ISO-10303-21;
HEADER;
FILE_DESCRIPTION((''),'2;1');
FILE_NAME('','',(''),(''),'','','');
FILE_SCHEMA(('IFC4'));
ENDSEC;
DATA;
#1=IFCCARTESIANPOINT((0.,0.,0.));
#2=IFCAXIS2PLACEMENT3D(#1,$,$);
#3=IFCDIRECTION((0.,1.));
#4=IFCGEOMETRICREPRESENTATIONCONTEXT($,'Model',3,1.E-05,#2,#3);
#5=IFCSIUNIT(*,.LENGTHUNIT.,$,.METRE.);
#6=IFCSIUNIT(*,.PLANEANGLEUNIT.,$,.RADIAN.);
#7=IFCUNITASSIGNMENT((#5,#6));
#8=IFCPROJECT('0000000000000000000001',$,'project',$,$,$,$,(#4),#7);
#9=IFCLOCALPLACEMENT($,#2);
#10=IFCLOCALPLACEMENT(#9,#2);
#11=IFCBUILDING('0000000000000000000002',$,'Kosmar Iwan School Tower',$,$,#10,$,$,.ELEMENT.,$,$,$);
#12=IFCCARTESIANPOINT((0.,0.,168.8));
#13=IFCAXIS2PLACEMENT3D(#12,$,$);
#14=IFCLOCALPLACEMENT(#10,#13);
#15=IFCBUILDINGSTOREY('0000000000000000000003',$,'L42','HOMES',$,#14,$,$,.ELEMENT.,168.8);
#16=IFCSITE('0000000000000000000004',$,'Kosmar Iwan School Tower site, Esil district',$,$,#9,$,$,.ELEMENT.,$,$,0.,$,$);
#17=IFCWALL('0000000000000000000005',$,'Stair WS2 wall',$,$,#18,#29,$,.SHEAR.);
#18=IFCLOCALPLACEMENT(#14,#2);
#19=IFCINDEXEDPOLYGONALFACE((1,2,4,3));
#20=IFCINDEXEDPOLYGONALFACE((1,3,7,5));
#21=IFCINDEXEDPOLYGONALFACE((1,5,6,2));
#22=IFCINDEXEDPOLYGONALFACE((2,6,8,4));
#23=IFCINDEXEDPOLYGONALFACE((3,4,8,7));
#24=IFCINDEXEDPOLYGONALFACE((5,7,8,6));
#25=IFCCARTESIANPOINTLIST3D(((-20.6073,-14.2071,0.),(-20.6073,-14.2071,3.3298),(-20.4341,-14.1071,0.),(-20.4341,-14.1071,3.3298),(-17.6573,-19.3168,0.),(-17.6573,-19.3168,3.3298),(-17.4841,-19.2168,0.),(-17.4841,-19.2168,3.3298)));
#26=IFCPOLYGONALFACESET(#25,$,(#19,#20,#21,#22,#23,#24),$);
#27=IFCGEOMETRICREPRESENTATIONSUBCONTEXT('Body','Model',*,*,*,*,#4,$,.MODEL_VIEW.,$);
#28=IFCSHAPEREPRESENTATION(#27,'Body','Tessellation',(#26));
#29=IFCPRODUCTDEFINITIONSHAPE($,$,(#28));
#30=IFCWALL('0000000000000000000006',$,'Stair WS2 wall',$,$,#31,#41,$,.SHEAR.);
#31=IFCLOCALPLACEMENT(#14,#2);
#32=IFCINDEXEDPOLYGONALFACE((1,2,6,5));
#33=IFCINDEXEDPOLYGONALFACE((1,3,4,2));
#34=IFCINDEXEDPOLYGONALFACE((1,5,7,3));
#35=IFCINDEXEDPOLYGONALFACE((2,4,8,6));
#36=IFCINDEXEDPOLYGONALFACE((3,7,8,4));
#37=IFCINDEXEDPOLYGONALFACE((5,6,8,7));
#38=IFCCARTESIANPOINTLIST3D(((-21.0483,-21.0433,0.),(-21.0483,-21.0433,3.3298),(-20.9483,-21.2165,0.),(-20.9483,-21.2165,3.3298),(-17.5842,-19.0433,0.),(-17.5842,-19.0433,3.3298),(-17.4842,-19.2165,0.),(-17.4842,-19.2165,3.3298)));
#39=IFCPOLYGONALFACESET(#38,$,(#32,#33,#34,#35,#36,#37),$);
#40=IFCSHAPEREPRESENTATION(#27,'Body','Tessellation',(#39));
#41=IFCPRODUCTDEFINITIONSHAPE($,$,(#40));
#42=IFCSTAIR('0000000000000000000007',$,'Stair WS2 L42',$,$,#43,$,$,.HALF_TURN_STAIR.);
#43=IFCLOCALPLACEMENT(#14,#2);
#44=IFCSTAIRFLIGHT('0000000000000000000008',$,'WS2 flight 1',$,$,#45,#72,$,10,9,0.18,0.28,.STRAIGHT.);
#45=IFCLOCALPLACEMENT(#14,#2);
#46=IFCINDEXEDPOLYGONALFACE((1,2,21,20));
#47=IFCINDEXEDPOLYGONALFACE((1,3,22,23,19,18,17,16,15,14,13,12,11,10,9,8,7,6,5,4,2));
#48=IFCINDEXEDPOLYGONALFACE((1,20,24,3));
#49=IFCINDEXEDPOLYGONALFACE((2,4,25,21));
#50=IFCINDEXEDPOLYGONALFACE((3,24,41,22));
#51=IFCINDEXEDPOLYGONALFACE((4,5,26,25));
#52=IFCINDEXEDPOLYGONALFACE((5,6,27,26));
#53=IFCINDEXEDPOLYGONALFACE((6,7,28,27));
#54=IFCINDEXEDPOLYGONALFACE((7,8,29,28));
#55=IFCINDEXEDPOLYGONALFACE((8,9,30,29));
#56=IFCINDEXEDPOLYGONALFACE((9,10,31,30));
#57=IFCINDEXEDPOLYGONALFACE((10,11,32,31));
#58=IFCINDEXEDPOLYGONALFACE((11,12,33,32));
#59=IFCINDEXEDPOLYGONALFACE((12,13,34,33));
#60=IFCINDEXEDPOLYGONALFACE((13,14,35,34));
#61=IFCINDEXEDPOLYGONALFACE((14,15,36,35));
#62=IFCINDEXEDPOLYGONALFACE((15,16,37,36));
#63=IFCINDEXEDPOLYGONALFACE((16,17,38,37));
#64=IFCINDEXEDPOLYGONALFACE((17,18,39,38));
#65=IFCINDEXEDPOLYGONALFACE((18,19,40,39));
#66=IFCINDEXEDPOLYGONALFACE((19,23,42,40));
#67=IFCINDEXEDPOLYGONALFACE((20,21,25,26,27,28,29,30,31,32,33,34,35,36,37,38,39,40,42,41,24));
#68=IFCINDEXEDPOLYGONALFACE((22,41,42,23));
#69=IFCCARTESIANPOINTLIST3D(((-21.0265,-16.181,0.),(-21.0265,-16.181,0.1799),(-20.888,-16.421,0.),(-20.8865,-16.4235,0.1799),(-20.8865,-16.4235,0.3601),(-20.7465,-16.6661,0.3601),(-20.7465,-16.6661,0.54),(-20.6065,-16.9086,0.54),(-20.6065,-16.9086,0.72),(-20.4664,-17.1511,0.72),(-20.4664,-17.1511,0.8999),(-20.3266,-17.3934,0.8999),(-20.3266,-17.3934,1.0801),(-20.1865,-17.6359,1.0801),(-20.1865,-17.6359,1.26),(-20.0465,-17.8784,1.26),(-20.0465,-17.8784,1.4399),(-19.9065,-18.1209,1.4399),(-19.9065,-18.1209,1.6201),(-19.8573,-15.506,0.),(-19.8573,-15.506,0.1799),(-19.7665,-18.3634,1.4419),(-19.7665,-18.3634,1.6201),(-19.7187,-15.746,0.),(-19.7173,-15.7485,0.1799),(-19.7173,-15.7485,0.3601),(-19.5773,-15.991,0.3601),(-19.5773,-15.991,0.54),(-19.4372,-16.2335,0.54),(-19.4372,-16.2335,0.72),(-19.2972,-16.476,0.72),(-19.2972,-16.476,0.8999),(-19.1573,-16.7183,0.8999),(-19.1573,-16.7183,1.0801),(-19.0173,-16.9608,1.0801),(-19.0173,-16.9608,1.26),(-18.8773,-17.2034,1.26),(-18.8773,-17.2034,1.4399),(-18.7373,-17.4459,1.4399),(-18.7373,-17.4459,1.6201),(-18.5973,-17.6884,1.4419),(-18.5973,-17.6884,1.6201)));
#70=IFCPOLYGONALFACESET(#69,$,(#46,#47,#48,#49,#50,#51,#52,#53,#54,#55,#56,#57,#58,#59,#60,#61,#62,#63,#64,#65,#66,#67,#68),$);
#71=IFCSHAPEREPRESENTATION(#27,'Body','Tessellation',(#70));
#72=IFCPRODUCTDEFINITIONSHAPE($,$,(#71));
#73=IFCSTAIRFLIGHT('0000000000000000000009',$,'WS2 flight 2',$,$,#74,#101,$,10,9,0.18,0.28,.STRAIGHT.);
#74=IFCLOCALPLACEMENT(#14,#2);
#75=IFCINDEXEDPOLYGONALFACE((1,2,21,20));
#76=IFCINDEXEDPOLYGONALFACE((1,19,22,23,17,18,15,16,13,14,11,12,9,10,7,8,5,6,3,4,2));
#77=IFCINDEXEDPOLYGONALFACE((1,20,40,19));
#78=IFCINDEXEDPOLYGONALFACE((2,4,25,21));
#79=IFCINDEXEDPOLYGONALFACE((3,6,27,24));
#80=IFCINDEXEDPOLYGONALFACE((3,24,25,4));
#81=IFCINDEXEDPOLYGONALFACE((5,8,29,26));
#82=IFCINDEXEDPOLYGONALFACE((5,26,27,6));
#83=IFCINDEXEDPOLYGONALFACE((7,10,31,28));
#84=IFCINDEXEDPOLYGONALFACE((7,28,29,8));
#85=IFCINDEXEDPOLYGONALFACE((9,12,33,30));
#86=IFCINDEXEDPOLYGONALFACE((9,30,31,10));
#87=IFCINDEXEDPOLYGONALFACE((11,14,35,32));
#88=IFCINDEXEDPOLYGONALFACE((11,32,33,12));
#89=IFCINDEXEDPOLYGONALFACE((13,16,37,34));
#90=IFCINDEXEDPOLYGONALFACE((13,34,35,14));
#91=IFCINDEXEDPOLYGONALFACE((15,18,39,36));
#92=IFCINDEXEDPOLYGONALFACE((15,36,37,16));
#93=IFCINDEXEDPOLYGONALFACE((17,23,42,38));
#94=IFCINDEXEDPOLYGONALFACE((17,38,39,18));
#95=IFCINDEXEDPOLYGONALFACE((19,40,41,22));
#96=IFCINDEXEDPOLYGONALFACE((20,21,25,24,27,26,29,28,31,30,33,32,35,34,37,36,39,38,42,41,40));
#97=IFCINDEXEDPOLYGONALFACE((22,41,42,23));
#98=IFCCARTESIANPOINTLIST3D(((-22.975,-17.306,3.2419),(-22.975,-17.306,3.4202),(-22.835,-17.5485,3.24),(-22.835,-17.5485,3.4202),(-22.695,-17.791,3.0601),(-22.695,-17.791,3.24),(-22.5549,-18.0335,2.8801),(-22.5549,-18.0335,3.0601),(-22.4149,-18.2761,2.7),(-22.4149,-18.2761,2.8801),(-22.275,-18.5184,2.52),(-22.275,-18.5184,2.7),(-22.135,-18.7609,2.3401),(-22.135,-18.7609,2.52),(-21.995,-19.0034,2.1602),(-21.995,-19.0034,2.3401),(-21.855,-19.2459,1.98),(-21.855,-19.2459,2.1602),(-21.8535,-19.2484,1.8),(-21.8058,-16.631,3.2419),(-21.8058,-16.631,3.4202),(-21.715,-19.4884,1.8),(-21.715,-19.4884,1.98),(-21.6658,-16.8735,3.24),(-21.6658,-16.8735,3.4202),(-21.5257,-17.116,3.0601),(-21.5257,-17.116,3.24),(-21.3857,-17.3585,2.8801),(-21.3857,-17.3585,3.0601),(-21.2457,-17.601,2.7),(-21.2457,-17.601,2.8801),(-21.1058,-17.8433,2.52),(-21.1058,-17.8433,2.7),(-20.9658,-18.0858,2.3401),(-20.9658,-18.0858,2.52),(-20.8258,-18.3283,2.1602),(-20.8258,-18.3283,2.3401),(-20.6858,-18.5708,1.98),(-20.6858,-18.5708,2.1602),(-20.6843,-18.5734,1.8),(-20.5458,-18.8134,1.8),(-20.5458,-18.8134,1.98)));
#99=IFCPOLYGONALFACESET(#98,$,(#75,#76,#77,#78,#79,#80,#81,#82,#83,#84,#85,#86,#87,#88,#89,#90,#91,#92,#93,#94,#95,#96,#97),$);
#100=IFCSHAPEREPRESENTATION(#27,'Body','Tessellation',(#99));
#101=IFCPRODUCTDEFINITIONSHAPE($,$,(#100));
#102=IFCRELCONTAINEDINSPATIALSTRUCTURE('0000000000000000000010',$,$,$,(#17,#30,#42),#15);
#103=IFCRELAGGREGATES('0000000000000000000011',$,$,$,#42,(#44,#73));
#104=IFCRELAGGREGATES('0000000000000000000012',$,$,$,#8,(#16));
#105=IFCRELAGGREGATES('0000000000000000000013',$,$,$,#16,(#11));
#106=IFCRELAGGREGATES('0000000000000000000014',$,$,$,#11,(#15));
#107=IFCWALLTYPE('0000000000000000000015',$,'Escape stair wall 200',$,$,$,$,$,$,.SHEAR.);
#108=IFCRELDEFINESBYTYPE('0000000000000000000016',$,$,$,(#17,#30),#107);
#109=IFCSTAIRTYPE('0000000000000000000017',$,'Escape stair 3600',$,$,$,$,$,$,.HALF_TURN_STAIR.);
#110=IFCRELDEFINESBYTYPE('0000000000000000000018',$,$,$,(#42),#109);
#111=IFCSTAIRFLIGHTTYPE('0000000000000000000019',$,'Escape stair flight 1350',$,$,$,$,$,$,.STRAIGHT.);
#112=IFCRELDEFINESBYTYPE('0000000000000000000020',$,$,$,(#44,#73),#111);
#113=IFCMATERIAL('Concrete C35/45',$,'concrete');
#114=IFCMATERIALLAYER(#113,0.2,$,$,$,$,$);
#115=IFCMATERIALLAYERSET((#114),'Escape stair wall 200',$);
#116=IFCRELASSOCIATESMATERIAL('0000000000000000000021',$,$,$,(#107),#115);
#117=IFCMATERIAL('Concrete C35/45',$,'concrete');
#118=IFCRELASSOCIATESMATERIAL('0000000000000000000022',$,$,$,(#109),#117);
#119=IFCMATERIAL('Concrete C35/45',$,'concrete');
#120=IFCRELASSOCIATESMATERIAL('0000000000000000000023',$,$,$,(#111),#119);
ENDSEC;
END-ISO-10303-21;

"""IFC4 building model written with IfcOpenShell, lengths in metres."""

from ifc_helpers import new_model, si_unit, direction, frame, frame_2d, origin, place, context, subcontext, project, spatial, polyline, rectangle, outline, extrude, material, layer, layer_set, type_object, element, aggregate, save


model = new_model("IFC4")

# Units and contexts
model_context = context("Model", 3, precision=1e-05, world=origin(), true_north=direction((0.0, 1.0)))
body_context = subcontext(model_context, "Body", "Model", "MODEL_VIEW")
ifc_project = project(units=[si_unit("LENGTHUNIT", "METRE"), si_unit("PLANEANGLEUNIT", "RADIAN")], contexts=[model_context])

# Site, building, storey
site_placement = place(None, origin())
site = spatial("IfcSite", under=ifc_project, at=site_placement, Name="Kosmar Iwan School Tower site, Esil district", CompositionType="ELEMENT", RefElevation=0.0)
building_placement = place(site_placement, origin())
building = spatial("IfcBuilding", under=site, at=building_placement, Name="Kosmar Iwan School Tower", CompositionType="ELEMENT")
storey_placement = place(building_placement, frame((0.0, 0.0, 168.8)))
storey = spatial("IfcBuildingStorey", under=building, at=storey_placement, Name="L42", Description="HOMES", CompositionType="ELEMENT", Elevation=168.8)

# Walls
ifc_material_1 = material(Name="Concrete C35/45", Category="concrete")
ifc_layer_1 = layer(ifc_material_1, 0.2)
ifc_layer_set_1 = layer_set([ifc_layer_1], Name="Escape stair wall 200")
wall_type_1 = type_object("IfcWallType", Name="Escape stair wall 200", PredefinedType="SHEAR", material=ifc_layer_set_1)
wall_1_placement = place(storey_placement, frame((-20.5208, -14.157, 0.0), z_axis=(0.0, 0.0, 1.0), x_axis=(0.499989, -0.866032, 0.0)))
element("IfcWall", 1, at=wall_1_placement, inside=storey, type_object=wall_type_1, Name="Stair WS2 wall", PredefinedType="SHEAR", context=body_context, shape_type="SweptSolid", body=[
    extrude(rectangle(XDim=5.9001, YDim=0.2, at=frame_2d((2.9502, 0.0))), origin(), (0.0, 0.0, 1.0), 3.3298),
])
wall_2_placement = place(storey_placement, frame((-17.5342, -19.1299, 0.0), z_axis=(0.0, 0.0, 1.0), x_axis=(-0.866026, -0.499999, 0.0)))
element("IfcWall", 2, at=wall_2_placement, inside=storey, type_object=wall_type_1, Name="Stair WS2 wall", PredefinedType="SHEAR", context=body_context, shape_type="SweptSolid", body=[
    extrude(rectangle(XDim=4.0, YDim=0.2, at=frame_2d((2.0, 0.0))), origin(), (0.0, 0.0, 1.0), 3.3298),
])

# Stair, stair flights
ifc_material_2 = material(Name="Concrete C35/45", Category="concrete")
stair_type = type_object("IfcStairType", Name="Escape stair 3600", PredefinedType="HALF_TURN_STAIR", material=ifc_material_2)
stair_placement = place(storey_placement, origin())
stair = element("IfcStair", 3, at=stair_placement, inside=storey, type_object=stair_type, Name="Stair WS2 L42", PredefinedType="HALF_TURN_STAIR")
ifc_material_3 = material(Name="Concrete C35/45", Category="concrete")
stair_flight_type = type_object("IfcStairFlightType", Name="Escape stair flight 1350", PredefinedType="STRAIGHT", material=ifc_material_3)
stair_flight_1_placement = place(storey_placement, frame((-20.4419, -15.8435, 0.0), z_axis=(0.0, 0.0, 1.0), x_axis=(0.5, -0.866025, 0.0)))
stair_flight_1 = element("IfcStairFlight", 4, at=stair_flight_1_placement, type_object=stair_flight_type, Name="WS2 flight 1", NumberOfRisers=10, NumberOfTreads=9, PredefinedType="STRAIGHT", RiserHeight=0.18, TreadLength=0.28, context=body_context, shape_type="SweptSolid", body=[
    extrude(outline(polyline([(0.0, 0.0), (0.0, 0.1799), (0.28, 0.1799), (0.28, 0.3601), (0.5601, 0.3601), (0.5601, 0.54), (0.8401, 0.54), (0.8401, 0.72), (1.1201, 0.72), (1.1201, 0.8999), (1.3999, 0.8999), (1.3999, 1.0801), (1.6799, 1.0801), (1.6799, 1.26), (1.96, 1.26), (1.96, 1.4399), (2.24, 1.4399), (2.24, 1.6201), (2.52, 1.6201), (2.52, 1.8), (2.52, 1.4419), (0.2771, 0.0), (0.0, 0.0)])), frame((0.0, 0.675, 0.0), z_axis=(0.0, -1.0, 0.0), x_axis=(1.0, 0.0, 0.0)), (0.0, 0.0, 1.0), 1.3501),
])
stair_flight_2_placement = place(storey_placement, frame((-21.1304, -19.1509, 1.8), z_axis=(0.0, 0.0, 1.0), x_axis=(-0.5, 0.866025, 0.0)))
stair_flight_2 = element("IfcStairFlight", 5, at=stair_flight_2_placement, type_object=stair_flight_type, Name="WS2 flight 2", NumberOfRisers=10, NumberOfTreads=9, PredefinedType="STRAIGHT", RiserHeight=0.18, TreadLength=0.28, context=body_context, shape_type="SweptSolid", body=[
    extrude(outline(polyline([(0.0, 0.0), (0.0, 0.1799), (0.28, 0.1799), (0.28, 0.3601), (0.5601, 0.3601), (0.5601, 0.54), (0.8401, 0.54), (0.8401, 0.72), (1.1201, 0.72), (1.1201, 0.8999), (1.3999, 0.8999), (1.3999, 1.0801), (1.6799, 1.0801), (1.6799, 1.26), (1.96, 1.26), (1.96, 1.4399), (2.24, 1.4399), (2.24, 1.6201), (2.52, 1.6201), (2.52, 1.8), (2.52, 1.4419), (0.2771, 0.0), (0.0, 0.0)])), frame((0.0, 0.675, 0.0), z_axis=(0.0, -1.0, 0.0), x_axis=(1.0, 0.0, 0.0)), (0.0, 0.0, 1.0), 1.3501),
])
aggregate(stair, [stair_flight_1, stair_flight_2])

save(model, "model.ifc")
